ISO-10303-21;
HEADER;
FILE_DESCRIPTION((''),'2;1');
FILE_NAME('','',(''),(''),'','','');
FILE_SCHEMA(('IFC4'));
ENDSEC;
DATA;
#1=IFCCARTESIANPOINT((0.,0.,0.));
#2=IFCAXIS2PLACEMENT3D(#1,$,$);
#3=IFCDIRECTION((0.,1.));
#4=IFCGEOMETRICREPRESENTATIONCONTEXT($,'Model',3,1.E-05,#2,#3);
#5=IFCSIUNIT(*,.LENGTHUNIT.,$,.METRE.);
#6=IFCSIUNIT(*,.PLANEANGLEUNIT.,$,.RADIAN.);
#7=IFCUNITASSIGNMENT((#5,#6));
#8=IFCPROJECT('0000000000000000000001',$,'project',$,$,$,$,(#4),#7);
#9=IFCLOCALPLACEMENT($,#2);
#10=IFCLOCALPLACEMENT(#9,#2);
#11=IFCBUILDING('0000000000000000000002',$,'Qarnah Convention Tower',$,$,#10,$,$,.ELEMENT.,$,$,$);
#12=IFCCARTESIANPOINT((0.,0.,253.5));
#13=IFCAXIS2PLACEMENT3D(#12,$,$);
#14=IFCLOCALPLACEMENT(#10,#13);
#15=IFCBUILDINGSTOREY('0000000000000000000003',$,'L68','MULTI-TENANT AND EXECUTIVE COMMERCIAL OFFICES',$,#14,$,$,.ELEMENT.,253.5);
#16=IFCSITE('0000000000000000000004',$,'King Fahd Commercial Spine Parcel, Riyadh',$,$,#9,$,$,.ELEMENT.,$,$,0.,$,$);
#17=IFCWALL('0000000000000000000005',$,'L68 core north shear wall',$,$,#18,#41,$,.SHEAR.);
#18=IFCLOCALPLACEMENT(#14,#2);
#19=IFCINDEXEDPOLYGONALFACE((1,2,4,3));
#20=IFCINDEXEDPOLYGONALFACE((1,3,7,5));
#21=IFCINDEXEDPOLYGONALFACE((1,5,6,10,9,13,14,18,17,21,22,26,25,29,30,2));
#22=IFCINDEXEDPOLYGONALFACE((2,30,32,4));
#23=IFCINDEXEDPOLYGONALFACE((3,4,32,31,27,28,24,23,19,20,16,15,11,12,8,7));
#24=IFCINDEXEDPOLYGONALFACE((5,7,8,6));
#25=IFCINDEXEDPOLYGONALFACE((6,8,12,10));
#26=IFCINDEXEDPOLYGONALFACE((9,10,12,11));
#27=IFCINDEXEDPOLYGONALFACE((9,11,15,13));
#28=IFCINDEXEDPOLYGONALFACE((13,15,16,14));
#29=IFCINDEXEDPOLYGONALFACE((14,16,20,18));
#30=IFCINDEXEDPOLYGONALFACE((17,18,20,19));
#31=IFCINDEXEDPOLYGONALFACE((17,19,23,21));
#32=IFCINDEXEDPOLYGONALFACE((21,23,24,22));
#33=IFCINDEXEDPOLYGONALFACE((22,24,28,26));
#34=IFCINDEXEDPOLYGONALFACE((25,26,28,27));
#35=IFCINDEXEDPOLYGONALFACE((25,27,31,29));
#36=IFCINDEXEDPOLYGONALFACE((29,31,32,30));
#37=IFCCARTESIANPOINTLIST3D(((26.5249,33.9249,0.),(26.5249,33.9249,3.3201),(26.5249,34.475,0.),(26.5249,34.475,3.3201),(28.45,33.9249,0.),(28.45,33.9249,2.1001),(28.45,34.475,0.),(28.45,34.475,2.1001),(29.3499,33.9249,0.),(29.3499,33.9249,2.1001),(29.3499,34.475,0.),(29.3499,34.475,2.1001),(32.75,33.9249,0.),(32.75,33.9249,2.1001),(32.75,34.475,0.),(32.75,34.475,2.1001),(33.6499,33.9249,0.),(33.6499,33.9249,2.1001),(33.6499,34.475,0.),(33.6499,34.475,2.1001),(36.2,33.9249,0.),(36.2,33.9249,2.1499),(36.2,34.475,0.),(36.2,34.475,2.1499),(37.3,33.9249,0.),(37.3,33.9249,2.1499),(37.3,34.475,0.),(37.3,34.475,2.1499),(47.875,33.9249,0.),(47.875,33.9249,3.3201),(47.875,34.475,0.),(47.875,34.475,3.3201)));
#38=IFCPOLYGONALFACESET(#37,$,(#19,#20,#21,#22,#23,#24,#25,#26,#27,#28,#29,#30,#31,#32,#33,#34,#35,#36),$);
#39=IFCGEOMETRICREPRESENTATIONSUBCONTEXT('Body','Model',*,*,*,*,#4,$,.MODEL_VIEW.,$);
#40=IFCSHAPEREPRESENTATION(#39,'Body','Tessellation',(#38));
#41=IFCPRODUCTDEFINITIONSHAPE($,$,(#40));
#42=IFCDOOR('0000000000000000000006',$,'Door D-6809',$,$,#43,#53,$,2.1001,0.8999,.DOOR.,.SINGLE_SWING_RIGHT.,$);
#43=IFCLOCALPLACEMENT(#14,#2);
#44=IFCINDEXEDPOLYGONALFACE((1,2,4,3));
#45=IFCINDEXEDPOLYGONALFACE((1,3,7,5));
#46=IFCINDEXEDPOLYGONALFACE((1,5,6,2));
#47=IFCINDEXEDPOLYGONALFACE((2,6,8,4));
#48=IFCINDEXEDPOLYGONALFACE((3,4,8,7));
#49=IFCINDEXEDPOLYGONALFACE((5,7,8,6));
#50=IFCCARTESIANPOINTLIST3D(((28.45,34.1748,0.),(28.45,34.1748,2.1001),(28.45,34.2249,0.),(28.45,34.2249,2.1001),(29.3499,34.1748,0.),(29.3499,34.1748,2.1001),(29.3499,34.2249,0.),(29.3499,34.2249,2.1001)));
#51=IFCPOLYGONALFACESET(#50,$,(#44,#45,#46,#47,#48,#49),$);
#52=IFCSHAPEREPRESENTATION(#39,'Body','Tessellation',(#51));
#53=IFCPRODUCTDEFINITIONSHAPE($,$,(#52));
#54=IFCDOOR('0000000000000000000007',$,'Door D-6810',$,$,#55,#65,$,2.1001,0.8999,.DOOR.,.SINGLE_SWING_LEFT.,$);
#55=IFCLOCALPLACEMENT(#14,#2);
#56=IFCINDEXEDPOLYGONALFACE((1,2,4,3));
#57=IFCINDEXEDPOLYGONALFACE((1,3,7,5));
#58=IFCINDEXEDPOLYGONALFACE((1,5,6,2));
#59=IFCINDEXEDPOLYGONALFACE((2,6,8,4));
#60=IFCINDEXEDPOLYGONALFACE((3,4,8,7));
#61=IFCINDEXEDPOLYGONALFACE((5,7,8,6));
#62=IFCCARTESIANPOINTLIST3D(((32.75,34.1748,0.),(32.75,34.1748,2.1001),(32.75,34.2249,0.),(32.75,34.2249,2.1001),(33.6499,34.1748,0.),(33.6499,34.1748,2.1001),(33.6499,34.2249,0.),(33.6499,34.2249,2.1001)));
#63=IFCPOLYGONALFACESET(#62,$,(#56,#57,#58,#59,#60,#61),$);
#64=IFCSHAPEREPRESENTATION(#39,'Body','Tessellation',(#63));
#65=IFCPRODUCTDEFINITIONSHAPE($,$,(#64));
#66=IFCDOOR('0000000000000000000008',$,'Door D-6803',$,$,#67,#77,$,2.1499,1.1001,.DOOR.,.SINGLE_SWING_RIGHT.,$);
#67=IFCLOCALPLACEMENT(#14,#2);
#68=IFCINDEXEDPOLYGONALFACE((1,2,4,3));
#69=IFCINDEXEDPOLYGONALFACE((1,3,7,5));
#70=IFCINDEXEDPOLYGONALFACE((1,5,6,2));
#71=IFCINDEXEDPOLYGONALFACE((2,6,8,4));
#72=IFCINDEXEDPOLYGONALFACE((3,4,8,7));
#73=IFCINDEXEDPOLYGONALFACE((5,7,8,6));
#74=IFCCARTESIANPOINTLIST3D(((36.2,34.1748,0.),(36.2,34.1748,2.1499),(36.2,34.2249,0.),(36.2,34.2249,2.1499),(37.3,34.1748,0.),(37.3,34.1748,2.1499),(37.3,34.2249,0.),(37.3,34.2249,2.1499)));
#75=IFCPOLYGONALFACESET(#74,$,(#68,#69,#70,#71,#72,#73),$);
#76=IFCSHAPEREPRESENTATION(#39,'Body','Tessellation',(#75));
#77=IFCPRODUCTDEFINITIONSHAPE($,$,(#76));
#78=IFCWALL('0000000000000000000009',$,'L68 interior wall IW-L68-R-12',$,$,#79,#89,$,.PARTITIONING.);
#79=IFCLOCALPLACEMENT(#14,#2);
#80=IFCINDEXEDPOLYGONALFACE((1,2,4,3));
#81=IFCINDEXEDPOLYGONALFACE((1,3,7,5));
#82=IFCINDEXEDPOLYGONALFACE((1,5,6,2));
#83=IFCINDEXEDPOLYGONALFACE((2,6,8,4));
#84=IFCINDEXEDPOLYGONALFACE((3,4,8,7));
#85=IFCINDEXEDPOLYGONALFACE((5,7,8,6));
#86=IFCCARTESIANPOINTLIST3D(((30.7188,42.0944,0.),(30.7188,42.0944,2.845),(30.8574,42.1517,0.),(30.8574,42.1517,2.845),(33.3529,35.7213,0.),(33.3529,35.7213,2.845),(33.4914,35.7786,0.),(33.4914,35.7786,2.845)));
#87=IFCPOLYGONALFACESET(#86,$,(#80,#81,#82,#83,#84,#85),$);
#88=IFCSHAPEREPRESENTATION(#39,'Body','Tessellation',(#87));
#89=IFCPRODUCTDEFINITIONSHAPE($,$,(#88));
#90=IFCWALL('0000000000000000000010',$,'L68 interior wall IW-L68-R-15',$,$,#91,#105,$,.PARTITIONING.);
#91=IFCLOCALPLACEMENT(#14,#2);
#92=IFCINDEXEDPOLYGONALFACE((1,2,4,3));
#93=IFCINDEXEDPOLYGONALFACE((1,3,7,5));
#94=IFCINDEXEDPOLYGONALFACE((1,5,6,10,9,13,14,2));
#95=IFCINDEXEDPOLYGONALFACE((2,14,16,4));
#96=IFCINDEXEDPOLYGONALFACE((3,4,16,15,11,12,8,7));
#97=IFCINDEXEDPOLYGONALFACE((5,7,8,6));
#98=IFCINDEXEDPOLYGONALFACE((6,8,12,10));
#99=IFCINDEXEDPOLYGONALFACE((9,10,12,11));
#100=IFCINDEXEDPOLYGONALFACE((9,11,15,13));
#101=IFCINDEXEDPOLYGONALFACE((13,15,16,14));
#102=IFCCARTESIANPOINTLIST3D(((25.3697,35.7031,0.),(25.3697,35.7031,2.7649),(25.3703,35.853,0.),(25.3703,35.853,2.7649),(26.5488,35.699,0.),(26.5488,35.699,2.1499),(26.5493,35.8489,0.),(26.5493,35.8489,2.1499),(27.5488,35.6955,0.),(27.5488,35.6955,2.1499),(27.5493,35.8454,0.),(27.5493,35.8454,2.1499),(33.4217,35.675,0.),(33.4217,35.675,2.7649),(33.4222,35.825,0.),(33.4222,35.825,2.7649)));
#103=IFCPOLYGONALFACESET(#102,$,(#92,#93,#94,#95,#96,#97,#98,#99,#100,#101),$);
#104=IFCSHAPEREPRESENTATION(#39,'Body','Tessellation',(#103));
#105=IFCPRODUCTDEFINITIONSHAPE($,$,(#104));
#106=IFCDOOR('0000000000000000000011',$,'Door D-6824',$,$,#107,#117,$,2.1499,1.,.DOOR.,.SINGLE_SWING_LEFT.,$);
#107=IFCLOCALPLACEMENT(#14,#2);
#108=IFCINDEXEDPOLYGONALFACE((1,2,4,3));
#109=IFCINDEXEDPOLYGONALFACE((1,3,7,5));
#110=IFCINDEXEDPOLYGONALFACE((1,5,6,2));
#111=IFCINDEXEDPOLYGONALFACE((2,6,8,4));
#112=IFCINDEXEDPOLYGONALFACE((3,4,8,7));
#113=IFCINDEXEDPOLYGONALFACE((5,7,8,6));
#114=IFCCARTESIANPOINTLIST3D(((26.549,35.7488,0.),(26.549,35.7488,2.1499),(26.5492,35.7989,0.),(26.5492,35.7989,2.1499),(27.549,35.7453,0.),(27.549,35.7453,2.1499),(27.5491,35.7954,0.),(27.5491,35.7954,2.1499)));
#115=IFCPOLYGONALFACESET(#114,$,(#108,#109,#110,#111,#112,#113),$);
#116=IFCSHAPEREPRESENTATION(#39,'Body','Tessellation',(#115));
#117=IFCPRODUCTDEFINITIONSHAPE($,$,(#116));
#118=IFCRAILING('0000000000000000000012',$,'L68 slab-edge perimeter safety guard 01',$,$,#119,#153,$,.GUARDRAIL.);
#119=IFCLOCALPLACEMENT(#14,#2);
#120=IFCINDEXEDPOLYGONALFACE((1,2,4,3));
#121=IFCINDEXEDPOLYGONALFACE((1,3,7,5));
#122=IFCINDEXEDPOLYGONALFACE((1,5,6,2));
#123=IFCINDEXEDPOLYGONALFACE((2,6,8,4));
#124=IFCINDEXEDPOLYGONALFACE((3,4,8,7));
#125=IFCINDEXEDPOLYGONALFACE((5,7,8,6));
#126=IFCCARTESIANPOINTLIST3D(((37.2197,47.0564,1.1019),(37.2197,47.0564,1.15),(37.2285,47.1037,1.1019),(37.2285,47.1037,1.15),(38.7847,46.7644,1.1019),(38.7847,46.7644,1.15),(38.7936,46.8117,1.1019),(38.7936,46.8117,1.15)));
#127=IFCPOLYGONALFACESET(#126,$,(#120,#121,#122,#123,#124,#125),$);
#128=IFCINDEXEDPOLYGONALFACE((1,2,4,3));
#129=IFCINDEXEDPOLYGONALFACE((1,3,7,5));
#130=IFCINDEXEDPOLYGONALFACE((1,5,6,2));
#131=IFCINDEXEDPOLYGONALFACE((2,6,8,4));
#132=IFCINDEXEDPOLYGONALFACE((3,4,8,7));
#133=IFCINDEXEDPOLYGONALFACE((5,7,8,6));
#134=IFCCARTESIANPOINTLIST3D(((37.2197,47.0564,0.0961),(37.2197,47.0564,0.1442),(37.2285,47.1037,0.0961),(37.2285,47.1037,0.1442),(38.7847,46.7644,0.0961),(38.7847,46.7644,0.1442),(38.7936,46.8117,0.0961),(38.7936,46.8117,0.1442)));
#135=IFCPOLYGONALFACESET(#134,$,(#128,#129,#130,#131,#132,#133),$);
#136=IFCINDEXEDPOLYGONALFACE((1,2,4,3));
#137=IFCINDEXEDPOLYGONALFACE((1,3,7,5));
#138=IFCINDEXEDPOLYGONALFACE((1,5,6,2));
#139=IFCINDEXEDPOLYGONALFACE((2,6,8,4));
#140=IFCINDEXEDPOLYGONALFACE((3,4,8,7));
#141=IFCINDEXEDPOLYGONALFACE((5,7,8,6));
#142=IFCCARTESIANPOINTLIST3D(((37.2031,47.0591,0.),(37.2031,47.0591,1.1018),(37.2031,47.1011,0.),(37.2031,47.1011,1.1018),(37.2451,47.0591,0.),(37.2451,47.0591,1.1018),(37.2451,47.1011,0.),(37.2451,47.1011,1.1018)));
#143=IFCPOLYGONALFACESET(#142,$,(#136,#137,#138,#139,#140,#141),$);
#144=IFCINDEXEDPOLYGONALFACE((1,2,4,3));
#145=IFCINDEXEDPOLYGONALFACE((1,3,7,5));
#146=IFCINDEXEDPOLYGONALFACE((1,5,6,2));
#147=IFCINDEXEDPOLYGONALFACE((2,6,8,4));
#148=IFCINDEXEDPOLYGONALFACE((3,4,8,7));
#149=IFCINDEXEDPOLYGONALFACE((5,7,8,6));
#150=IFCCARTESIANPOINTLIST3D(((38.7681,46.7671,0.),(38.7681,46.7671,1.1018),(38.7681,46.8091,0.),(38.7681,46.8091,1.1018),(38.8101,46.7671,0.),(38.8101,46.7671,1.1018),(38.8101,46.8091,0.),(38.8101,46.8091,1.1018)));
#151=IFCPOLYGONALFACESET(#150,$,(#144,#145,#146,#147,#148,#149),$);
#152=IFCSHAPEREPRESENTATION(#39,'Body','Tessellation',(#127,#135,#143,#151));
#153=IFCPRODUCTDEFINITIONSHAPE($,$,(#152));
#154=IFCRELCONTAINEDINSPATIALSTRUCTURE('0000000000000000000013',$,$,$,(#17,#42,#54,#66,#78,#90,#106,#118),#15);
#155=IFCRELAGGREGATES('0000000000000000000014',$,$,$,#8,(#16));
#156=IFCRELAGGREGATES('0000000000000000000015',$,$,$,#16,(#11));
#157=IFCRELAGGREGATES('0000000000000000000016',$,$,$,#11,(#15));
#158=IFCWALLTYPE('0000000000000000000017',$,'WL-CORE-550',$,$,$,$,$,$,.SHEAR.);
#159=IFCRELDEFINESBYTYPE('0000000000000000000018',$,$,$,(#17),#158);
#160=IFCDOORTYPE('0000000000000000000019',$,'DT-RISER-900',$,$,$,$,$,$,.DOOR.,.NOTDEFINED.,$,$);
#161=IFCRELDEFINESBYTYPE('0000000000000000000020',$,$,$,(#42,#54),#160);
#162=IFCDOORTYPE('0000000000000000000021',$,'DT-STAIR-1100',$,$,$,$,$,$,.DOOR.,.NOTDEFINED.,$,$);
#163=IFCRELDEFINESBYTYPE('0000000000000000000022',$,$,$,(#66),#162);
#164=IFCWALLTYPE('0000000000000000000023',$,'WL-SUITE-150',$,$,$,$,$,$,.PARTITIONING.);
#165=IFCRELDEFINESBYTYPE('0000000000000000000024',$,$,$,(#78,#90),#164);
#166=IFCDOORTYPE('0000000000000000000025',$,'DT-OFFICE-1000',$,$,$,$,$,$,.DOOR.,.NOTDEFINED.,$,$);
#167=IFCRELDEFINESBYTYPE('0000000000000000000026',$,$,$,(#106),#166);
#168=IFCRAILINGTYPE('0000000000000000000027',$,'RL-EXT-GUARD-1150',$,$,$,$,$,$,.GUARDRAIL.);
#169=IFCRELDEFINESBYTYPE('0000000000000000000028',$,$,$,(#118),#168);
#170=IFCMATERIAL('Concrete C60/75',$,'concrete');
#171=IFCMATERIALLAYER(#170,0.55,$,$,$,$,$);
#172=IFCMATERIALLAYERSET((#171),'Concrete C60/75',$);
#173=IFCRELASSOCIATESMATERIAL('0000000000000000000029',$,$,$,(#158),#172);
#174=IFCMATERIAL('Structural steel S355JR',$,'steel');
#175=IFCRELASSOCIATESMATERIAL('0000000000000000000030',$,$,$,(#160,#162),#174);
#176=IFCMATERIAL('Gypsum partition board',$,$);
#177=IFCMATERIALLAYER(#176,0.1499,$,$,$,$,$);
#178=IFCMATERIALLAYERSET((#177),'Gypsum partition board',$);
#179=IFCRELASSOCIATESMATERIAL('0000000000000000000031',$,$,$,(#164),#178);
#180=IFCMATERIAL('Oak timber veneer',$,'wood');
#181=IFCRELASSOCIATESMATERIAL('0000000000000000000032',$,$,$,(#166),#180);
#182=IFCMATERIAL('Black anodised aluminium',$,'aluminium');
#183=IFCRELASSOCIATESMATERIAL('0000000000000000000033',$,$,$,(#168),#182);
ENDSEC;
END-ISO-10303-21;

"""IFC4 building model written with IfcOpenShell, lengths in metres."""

from ifc_helpers import new_model, si_unit, direction, frame, frame_2d, origin, origin_2d, place, context, subcontext, project, spatial, rectangle, extrude, material, layer, layer_set, type_object, element, fill, save


model = new_model("IFC4")

# Units and contexts
model_context = context("Model", 3, precision=1e-05, world=origin(), true_north=direction((0.0, 1.0)))
body_context = subcontext(model_context, "Body", "Model", "MODEL_VIEW")
ifc_project = project(units=[si_unit("LENGTHUNIT", "METRE"), si_unit("PLANEANGLEUNIT", "RADIAN")], contexts=[model_context])

# Site, building, storey
site_placement = place(None, origin())
site = spatial("IfcSite", under=ifc_project, at=site_placement, Name="King Fahd Commercial Spine Parcel, Riyadh", CompositionType="ELEMENT", RefElevation=0.0)
building_placement = place(site_placement, origin())
building = spatial("IfcBuilding", under=site, at=building_placement, Name="Qarnah Convention Tower", CompositionType="ELEMENT")
storey_placement = place(building_placement, frame((0.0, 0.0, 253.5)))
storey = spatial("IfcBuildingStorey", under=building, at=storey_placement, Name="L68", Description="MULTI-TENANT AND EXECUTIVE COMMERCIAL OFFICES", CompositionType="ELEMENT", Elevation=253.5)

# Shared definitions
ifc_material_1 = material(Name="Structural steel S355JR", Category="steel")

# Shared definitions
ifc_material_2 = material(Name="Black anodised aluminium", Category="aluminium")

# Wall, openings, doors
ifc_material_3 = material(Name="Concrete C60/75", Category="concrete")
ifc_layer_1 = layer(ifc_material_3, 0.55)
ifc_layer_set_1 = layer_set([ifc_layer_1], Name="Concrete C60/75")
wall_type_1 = type_object("IfcWallType", Name="WL-CORE-550", PredefinedType="SHEAR", material=ifc_layer_set_1)
wall_1_placement = place(storey_placement, frame((26.5249, 34.2, 0.0), z_axis=(0.0, 0.0, 1.0), x_axis=(1.0, 0.0, 0.0)))
wall_1 = element("IfcWall", 1, at=wall_1_placement, inside=storey, type_object=wall_type_1, Name="L68 core north shear wall", PredefinedType="SHEAR", context=body_context, shape_type="SweptSolid", body=[
    extrude(rectangle(XDim=21.3501, YDim=0.55, at=frame_2d((10.675, 0.0))), origin(), (0.0, 0.0, 1.0), 3.3201),
])
opening_1_placement = place(wall_1_placement, frame((9.675, 0.0, 0.0)))
opening_1 = element("IfcOpeningElement", 2, at=opening_1_placement, cuts=wall_1, PredefinedType="OPENING", context=body_context, shape_type="SweptSolid", body=[
    extrude(rectangle(XDim=1.1001, YDim=2.1499, at=frame_2d((0.55, 1.075))), frame((0.0, 0.2849, 0.0), z_axis=(0.0, -1.0, 0.0), x_axis=(1.0, 0.0, 0.0)), (0.0, 0.0, 1.0), 0.5701),
])
opening_2_placement = place(wall_1_placement, frame((1.925, 0.0, 0.0)))
opening_2 = element("IfcOpeningElement", 3, at=opening_2_placement, cuts=wall_1, PredefinedType="OPENING", context=body_context, shape_type="SweptSolid", body=[
    extrude(rectangle(XDim=0.8999, YDim=2.1001, at=frame_2d((0.45, 1.05))), frame((0.0, 0.2849, 0.0), z_axis=(0.0, -1.0, 0.0), x_axis=(1.0, 0.0, 0.0)), (0.0, 0.0, 1.0), 0.5701),
])
opening_3_placement = place(wall_1_placement, frame((6.2251, 0.0, 0.0)))
opening_3 = element("IfcOpeningElement", 4, at=opening_3_placement, cuts=wall_1, PredefinedType="OPENING", context=body_context, shape_type="SweptSolid", body=[
    extrude(rectangle(XDim=0.8999, YDim=2.1001, at=frame_2d((0.45, 1.05))), frame((0.0, 0.2849, 0.0), z_axis=(0.0, -1.0, 0.0), x_axis=(1.0, 0.0, 0.0)), (0.0, 0.0, 1.0), 0.5701),
])
door_type_1 = type_object("IfcDoorType", Name="DT-RISER-900", OperationType="NOTDEFINED", PredefinedType="DOOR", material=ifc_material_1)
door_1_placement = place(opening_2_placement, origin())
door_1 = element("IfcDoor", 5, at=door_1_placement, inside=storey, type_object=door_type_1, Name="Door D-6809", OperationType="SINGLE_SWING_RIGHT", OverallHeight=2.1001, OverallWidth=0.8999, PredefinedType="DOOR", context=body_context, shape_type="SweptSolid", body=[
    extrude(rectangle(XDim=0.8999, YDim=2.1001, at=frame_2d((0.45, 1.05))), frame((0.0, 0.0249, 0.0), z_axis=(0.0, -1.0, 0.0), x_axis=(1.0, 0.0, 0.0)), (0.0, 0.0, 1.0), 0.05),
])
fill(opening_2, door_1)
door_2_placement = place(opening_3_placement, origin())
door_2 = element("IfcDoor", 6, at=door_2_placement, inside=storey, type_object=door_type_1, Name="Door D-6810", OperationType="SINGLE_SWING_LEFT", OverallHeight=2.1001, OverallWidth=0.8999, PredefinedType="DOOR", context=body_context, shape_type="SweptSolid", body=[
    extrude(rectangle(XDim=0.8999, YDim=2.1001, at=frame_2d((0.45, 1.05))), frame((0.0, 0.0249, 0.0), z_axis=(0.0, -1.0, 0.0), x_axis=(1.0, 0.0, 0.0)), (0.0, 0.0, 1.0), 0.05),
])
fill(opening_3, door_2)
door_type_2 = type_object("IfcDoorType", Name="DT-STAIR-1100", OperationType="NOTDEFINED", PredefinedType="DOOR", material=ifc_material_1)
door_3_placement = place(opening_1_placement, origin())
door_3 = element("IfcDoor", 7, at=door_3_placement, inside=storey, type_object=door_type_2, Name="Door D-6803", OperationType="SINGLE_SWING_RIGHT", OverallHeight=2.1499, OverallWidth=1.1001, PredefinedType="DOOR", context=body_context, shape_type="SweptSolid", body=[
    extrude(rectangle(XDim=1.1001, YDim=2.1499, at=frame_2d((0.55, 1.075))), frame((0.0, 0.0249, 0.0), z_axis=(0.0, -1.0, 0.0), x_axis=(1.0, 0.0, 0.0)), (0.0, 0.0, 1.0), 0.05),
])
fill(opening_1, door_3)

# Wall
ifc_material_4 = material(Name="Gypsum partition board")
ifc_layer_2 = layer(ifc_material_4, 0.1499)
ifc_layer_set_2 = layer_set([ifc_layer_2], Name="Gypsum partition board")
wall_type_2 = type_object("IfcWallType", Name="WL-SUITE-150", PredefinedType="PARTITIONING", material=ifc_layer_set_2)
wall_2_placement = place(storey_placement, frame((30.7881, 42.123, 0.0), z_axis=(0.0, 0.0, 1.0), x_axis=(0.381969, -0.924175, 0.0)))
element("IfcWall", 8, at=wall_2_placement, inside=storey, type_object=wall_type_2, Name="L68 interior wall IW-L68-R-12", PredefinedType="PARTITIONING", context=body_context, shape_type="SweptSolid", body=[
    extrude(rectangle(XDim=6.896, YDim=0.1499, at=frame_2d((3.448, 0.0))), origin(), (0.0, 0.0, 1.0), 2.845),
])

# Wall, opening, door
ifc_material_5 = material(Name="Oak timber veneer", Category="wood")
door_type_3 = type_object("IfcDoorType", Name="DT-OFFICE-1000", OperationType="NOTDEFINED", PredefinedType="DOOR", material=ifc_material_5)
wall_3_placement = place(storey_placement, frame((25.3701, 35.7781, 0.0), z_axis=(0.0, 0.0, 1.0), x_axis=(0.999994, -0.003487, 0.0)))
wall_3 = element("IfcWall", 9, at=wall_3_placement, inside=storey, type_object=wall_type_2, Name="L68 interior wall IW-L68-R-15", PredefinedType="PARTITIONING", context=body_context, shape_type="SweptSolid", body=[
    extrude(rectangle(XDim=8.052, YDim=0.1499, at=frame_2d((4.0259, 0.0))), origin(), (0.0, 0.0, 1.0), 2.7649),
])
opening_4_placement = place(wall_3_placement, frame((1.179, 0.0, 0.0)))
opening_4 = element("IfcOpeningElement", 10, at=opening_4_placement, cuts=wall_3, PredefinedType="OPENING", context=body_context, shape_type="SweptSolid", body=[
    extrude(rectangle(XDim=1.0, YDim=2.1499, at=frame_2d((0.5, 1.075))), frame((0.0, 0.085, 0.0), z_axis=(0.0, -1.0, 0.0), x_axis=(1.0, 0.0, 0.0)), (0.0, 0.0, 1.0), 0.1699),
])
door_4_placement = place(opening_4_placement, origin())
door_4 = element("IfcDoor", 11, at=door_4_placement, inside=storey, type_object=door_type_3, Name="Door D-6824", OperationType="SINGLE_SWING_LEFT", OverallHeight=2.1499, OverallWidth=1.0, PredefinedType="DOOR", context=body_context, shape_type="SweptSolid", body=[
    extrude(rectangle(XDim=1.0, YDim=2.1499, at=frame_2d((0.5, 1.075))), frame((0.0, 0.0249, 0.0), z_axis=(0.0, -1.0, 0.0), x_axis=(1.0, 0.0, 0.0)), (0.0, 0.0, 1.0), 0.05),
])
fill(opening_4, door_4)

# Railing
railing_type_1 = type_object("IfcRailingType", Name="RL-EXT-GUARD-1150", PredefinedType="GUARDRAIL", material=ifc_material_2)
railing_1_placement = place(storey_placement, frame((37.2241, 47.0801, 0.0)))
element("IfcRailing", 12, at=railing_1_placement, inside=storey, type_object=railing_type_1, Name="L68 slab-edge perimeter safety guard 01", PredefinedType="GUARDRAIL", context=body_context, shape_type="SweptSolid", body=[
    extrude(rectangle(XDim=0.0481, YDim=0.0481, at=origin_2d()), frame((0.0, 0.0, 1.126), z_axis=(0.983035, -0.183418, 0.0), x_axis=(0.183418, 0.983035, 0.0)), (0.0, 0.0, 1.0), 1.592),
    extrude(rectangle(XDim=0.0481, YDim=0.0481, at=origin_2d()), frame((0.0, 0.0, 0.1201), z_axis=(0.983035, -0.183418, 0.0), x_axis=(0.183418, 0.983035, 0.0)), (0.0, 0.0, 1.0), 1.592),
    extrude(rectangle(XDim=0.042, YDim=0.042, at=origin_2d()), origin(), (0.0, 0.0, 1.0), 1.1018),
    extrude(rectangle(XDim=0.042, YDim=0.042, at=origin_2d()), frame((1.5649, -0.292, 0.0)), (0.0, 0.0, 1.0), 1.1018),
])

save(model, "model.ifc")
